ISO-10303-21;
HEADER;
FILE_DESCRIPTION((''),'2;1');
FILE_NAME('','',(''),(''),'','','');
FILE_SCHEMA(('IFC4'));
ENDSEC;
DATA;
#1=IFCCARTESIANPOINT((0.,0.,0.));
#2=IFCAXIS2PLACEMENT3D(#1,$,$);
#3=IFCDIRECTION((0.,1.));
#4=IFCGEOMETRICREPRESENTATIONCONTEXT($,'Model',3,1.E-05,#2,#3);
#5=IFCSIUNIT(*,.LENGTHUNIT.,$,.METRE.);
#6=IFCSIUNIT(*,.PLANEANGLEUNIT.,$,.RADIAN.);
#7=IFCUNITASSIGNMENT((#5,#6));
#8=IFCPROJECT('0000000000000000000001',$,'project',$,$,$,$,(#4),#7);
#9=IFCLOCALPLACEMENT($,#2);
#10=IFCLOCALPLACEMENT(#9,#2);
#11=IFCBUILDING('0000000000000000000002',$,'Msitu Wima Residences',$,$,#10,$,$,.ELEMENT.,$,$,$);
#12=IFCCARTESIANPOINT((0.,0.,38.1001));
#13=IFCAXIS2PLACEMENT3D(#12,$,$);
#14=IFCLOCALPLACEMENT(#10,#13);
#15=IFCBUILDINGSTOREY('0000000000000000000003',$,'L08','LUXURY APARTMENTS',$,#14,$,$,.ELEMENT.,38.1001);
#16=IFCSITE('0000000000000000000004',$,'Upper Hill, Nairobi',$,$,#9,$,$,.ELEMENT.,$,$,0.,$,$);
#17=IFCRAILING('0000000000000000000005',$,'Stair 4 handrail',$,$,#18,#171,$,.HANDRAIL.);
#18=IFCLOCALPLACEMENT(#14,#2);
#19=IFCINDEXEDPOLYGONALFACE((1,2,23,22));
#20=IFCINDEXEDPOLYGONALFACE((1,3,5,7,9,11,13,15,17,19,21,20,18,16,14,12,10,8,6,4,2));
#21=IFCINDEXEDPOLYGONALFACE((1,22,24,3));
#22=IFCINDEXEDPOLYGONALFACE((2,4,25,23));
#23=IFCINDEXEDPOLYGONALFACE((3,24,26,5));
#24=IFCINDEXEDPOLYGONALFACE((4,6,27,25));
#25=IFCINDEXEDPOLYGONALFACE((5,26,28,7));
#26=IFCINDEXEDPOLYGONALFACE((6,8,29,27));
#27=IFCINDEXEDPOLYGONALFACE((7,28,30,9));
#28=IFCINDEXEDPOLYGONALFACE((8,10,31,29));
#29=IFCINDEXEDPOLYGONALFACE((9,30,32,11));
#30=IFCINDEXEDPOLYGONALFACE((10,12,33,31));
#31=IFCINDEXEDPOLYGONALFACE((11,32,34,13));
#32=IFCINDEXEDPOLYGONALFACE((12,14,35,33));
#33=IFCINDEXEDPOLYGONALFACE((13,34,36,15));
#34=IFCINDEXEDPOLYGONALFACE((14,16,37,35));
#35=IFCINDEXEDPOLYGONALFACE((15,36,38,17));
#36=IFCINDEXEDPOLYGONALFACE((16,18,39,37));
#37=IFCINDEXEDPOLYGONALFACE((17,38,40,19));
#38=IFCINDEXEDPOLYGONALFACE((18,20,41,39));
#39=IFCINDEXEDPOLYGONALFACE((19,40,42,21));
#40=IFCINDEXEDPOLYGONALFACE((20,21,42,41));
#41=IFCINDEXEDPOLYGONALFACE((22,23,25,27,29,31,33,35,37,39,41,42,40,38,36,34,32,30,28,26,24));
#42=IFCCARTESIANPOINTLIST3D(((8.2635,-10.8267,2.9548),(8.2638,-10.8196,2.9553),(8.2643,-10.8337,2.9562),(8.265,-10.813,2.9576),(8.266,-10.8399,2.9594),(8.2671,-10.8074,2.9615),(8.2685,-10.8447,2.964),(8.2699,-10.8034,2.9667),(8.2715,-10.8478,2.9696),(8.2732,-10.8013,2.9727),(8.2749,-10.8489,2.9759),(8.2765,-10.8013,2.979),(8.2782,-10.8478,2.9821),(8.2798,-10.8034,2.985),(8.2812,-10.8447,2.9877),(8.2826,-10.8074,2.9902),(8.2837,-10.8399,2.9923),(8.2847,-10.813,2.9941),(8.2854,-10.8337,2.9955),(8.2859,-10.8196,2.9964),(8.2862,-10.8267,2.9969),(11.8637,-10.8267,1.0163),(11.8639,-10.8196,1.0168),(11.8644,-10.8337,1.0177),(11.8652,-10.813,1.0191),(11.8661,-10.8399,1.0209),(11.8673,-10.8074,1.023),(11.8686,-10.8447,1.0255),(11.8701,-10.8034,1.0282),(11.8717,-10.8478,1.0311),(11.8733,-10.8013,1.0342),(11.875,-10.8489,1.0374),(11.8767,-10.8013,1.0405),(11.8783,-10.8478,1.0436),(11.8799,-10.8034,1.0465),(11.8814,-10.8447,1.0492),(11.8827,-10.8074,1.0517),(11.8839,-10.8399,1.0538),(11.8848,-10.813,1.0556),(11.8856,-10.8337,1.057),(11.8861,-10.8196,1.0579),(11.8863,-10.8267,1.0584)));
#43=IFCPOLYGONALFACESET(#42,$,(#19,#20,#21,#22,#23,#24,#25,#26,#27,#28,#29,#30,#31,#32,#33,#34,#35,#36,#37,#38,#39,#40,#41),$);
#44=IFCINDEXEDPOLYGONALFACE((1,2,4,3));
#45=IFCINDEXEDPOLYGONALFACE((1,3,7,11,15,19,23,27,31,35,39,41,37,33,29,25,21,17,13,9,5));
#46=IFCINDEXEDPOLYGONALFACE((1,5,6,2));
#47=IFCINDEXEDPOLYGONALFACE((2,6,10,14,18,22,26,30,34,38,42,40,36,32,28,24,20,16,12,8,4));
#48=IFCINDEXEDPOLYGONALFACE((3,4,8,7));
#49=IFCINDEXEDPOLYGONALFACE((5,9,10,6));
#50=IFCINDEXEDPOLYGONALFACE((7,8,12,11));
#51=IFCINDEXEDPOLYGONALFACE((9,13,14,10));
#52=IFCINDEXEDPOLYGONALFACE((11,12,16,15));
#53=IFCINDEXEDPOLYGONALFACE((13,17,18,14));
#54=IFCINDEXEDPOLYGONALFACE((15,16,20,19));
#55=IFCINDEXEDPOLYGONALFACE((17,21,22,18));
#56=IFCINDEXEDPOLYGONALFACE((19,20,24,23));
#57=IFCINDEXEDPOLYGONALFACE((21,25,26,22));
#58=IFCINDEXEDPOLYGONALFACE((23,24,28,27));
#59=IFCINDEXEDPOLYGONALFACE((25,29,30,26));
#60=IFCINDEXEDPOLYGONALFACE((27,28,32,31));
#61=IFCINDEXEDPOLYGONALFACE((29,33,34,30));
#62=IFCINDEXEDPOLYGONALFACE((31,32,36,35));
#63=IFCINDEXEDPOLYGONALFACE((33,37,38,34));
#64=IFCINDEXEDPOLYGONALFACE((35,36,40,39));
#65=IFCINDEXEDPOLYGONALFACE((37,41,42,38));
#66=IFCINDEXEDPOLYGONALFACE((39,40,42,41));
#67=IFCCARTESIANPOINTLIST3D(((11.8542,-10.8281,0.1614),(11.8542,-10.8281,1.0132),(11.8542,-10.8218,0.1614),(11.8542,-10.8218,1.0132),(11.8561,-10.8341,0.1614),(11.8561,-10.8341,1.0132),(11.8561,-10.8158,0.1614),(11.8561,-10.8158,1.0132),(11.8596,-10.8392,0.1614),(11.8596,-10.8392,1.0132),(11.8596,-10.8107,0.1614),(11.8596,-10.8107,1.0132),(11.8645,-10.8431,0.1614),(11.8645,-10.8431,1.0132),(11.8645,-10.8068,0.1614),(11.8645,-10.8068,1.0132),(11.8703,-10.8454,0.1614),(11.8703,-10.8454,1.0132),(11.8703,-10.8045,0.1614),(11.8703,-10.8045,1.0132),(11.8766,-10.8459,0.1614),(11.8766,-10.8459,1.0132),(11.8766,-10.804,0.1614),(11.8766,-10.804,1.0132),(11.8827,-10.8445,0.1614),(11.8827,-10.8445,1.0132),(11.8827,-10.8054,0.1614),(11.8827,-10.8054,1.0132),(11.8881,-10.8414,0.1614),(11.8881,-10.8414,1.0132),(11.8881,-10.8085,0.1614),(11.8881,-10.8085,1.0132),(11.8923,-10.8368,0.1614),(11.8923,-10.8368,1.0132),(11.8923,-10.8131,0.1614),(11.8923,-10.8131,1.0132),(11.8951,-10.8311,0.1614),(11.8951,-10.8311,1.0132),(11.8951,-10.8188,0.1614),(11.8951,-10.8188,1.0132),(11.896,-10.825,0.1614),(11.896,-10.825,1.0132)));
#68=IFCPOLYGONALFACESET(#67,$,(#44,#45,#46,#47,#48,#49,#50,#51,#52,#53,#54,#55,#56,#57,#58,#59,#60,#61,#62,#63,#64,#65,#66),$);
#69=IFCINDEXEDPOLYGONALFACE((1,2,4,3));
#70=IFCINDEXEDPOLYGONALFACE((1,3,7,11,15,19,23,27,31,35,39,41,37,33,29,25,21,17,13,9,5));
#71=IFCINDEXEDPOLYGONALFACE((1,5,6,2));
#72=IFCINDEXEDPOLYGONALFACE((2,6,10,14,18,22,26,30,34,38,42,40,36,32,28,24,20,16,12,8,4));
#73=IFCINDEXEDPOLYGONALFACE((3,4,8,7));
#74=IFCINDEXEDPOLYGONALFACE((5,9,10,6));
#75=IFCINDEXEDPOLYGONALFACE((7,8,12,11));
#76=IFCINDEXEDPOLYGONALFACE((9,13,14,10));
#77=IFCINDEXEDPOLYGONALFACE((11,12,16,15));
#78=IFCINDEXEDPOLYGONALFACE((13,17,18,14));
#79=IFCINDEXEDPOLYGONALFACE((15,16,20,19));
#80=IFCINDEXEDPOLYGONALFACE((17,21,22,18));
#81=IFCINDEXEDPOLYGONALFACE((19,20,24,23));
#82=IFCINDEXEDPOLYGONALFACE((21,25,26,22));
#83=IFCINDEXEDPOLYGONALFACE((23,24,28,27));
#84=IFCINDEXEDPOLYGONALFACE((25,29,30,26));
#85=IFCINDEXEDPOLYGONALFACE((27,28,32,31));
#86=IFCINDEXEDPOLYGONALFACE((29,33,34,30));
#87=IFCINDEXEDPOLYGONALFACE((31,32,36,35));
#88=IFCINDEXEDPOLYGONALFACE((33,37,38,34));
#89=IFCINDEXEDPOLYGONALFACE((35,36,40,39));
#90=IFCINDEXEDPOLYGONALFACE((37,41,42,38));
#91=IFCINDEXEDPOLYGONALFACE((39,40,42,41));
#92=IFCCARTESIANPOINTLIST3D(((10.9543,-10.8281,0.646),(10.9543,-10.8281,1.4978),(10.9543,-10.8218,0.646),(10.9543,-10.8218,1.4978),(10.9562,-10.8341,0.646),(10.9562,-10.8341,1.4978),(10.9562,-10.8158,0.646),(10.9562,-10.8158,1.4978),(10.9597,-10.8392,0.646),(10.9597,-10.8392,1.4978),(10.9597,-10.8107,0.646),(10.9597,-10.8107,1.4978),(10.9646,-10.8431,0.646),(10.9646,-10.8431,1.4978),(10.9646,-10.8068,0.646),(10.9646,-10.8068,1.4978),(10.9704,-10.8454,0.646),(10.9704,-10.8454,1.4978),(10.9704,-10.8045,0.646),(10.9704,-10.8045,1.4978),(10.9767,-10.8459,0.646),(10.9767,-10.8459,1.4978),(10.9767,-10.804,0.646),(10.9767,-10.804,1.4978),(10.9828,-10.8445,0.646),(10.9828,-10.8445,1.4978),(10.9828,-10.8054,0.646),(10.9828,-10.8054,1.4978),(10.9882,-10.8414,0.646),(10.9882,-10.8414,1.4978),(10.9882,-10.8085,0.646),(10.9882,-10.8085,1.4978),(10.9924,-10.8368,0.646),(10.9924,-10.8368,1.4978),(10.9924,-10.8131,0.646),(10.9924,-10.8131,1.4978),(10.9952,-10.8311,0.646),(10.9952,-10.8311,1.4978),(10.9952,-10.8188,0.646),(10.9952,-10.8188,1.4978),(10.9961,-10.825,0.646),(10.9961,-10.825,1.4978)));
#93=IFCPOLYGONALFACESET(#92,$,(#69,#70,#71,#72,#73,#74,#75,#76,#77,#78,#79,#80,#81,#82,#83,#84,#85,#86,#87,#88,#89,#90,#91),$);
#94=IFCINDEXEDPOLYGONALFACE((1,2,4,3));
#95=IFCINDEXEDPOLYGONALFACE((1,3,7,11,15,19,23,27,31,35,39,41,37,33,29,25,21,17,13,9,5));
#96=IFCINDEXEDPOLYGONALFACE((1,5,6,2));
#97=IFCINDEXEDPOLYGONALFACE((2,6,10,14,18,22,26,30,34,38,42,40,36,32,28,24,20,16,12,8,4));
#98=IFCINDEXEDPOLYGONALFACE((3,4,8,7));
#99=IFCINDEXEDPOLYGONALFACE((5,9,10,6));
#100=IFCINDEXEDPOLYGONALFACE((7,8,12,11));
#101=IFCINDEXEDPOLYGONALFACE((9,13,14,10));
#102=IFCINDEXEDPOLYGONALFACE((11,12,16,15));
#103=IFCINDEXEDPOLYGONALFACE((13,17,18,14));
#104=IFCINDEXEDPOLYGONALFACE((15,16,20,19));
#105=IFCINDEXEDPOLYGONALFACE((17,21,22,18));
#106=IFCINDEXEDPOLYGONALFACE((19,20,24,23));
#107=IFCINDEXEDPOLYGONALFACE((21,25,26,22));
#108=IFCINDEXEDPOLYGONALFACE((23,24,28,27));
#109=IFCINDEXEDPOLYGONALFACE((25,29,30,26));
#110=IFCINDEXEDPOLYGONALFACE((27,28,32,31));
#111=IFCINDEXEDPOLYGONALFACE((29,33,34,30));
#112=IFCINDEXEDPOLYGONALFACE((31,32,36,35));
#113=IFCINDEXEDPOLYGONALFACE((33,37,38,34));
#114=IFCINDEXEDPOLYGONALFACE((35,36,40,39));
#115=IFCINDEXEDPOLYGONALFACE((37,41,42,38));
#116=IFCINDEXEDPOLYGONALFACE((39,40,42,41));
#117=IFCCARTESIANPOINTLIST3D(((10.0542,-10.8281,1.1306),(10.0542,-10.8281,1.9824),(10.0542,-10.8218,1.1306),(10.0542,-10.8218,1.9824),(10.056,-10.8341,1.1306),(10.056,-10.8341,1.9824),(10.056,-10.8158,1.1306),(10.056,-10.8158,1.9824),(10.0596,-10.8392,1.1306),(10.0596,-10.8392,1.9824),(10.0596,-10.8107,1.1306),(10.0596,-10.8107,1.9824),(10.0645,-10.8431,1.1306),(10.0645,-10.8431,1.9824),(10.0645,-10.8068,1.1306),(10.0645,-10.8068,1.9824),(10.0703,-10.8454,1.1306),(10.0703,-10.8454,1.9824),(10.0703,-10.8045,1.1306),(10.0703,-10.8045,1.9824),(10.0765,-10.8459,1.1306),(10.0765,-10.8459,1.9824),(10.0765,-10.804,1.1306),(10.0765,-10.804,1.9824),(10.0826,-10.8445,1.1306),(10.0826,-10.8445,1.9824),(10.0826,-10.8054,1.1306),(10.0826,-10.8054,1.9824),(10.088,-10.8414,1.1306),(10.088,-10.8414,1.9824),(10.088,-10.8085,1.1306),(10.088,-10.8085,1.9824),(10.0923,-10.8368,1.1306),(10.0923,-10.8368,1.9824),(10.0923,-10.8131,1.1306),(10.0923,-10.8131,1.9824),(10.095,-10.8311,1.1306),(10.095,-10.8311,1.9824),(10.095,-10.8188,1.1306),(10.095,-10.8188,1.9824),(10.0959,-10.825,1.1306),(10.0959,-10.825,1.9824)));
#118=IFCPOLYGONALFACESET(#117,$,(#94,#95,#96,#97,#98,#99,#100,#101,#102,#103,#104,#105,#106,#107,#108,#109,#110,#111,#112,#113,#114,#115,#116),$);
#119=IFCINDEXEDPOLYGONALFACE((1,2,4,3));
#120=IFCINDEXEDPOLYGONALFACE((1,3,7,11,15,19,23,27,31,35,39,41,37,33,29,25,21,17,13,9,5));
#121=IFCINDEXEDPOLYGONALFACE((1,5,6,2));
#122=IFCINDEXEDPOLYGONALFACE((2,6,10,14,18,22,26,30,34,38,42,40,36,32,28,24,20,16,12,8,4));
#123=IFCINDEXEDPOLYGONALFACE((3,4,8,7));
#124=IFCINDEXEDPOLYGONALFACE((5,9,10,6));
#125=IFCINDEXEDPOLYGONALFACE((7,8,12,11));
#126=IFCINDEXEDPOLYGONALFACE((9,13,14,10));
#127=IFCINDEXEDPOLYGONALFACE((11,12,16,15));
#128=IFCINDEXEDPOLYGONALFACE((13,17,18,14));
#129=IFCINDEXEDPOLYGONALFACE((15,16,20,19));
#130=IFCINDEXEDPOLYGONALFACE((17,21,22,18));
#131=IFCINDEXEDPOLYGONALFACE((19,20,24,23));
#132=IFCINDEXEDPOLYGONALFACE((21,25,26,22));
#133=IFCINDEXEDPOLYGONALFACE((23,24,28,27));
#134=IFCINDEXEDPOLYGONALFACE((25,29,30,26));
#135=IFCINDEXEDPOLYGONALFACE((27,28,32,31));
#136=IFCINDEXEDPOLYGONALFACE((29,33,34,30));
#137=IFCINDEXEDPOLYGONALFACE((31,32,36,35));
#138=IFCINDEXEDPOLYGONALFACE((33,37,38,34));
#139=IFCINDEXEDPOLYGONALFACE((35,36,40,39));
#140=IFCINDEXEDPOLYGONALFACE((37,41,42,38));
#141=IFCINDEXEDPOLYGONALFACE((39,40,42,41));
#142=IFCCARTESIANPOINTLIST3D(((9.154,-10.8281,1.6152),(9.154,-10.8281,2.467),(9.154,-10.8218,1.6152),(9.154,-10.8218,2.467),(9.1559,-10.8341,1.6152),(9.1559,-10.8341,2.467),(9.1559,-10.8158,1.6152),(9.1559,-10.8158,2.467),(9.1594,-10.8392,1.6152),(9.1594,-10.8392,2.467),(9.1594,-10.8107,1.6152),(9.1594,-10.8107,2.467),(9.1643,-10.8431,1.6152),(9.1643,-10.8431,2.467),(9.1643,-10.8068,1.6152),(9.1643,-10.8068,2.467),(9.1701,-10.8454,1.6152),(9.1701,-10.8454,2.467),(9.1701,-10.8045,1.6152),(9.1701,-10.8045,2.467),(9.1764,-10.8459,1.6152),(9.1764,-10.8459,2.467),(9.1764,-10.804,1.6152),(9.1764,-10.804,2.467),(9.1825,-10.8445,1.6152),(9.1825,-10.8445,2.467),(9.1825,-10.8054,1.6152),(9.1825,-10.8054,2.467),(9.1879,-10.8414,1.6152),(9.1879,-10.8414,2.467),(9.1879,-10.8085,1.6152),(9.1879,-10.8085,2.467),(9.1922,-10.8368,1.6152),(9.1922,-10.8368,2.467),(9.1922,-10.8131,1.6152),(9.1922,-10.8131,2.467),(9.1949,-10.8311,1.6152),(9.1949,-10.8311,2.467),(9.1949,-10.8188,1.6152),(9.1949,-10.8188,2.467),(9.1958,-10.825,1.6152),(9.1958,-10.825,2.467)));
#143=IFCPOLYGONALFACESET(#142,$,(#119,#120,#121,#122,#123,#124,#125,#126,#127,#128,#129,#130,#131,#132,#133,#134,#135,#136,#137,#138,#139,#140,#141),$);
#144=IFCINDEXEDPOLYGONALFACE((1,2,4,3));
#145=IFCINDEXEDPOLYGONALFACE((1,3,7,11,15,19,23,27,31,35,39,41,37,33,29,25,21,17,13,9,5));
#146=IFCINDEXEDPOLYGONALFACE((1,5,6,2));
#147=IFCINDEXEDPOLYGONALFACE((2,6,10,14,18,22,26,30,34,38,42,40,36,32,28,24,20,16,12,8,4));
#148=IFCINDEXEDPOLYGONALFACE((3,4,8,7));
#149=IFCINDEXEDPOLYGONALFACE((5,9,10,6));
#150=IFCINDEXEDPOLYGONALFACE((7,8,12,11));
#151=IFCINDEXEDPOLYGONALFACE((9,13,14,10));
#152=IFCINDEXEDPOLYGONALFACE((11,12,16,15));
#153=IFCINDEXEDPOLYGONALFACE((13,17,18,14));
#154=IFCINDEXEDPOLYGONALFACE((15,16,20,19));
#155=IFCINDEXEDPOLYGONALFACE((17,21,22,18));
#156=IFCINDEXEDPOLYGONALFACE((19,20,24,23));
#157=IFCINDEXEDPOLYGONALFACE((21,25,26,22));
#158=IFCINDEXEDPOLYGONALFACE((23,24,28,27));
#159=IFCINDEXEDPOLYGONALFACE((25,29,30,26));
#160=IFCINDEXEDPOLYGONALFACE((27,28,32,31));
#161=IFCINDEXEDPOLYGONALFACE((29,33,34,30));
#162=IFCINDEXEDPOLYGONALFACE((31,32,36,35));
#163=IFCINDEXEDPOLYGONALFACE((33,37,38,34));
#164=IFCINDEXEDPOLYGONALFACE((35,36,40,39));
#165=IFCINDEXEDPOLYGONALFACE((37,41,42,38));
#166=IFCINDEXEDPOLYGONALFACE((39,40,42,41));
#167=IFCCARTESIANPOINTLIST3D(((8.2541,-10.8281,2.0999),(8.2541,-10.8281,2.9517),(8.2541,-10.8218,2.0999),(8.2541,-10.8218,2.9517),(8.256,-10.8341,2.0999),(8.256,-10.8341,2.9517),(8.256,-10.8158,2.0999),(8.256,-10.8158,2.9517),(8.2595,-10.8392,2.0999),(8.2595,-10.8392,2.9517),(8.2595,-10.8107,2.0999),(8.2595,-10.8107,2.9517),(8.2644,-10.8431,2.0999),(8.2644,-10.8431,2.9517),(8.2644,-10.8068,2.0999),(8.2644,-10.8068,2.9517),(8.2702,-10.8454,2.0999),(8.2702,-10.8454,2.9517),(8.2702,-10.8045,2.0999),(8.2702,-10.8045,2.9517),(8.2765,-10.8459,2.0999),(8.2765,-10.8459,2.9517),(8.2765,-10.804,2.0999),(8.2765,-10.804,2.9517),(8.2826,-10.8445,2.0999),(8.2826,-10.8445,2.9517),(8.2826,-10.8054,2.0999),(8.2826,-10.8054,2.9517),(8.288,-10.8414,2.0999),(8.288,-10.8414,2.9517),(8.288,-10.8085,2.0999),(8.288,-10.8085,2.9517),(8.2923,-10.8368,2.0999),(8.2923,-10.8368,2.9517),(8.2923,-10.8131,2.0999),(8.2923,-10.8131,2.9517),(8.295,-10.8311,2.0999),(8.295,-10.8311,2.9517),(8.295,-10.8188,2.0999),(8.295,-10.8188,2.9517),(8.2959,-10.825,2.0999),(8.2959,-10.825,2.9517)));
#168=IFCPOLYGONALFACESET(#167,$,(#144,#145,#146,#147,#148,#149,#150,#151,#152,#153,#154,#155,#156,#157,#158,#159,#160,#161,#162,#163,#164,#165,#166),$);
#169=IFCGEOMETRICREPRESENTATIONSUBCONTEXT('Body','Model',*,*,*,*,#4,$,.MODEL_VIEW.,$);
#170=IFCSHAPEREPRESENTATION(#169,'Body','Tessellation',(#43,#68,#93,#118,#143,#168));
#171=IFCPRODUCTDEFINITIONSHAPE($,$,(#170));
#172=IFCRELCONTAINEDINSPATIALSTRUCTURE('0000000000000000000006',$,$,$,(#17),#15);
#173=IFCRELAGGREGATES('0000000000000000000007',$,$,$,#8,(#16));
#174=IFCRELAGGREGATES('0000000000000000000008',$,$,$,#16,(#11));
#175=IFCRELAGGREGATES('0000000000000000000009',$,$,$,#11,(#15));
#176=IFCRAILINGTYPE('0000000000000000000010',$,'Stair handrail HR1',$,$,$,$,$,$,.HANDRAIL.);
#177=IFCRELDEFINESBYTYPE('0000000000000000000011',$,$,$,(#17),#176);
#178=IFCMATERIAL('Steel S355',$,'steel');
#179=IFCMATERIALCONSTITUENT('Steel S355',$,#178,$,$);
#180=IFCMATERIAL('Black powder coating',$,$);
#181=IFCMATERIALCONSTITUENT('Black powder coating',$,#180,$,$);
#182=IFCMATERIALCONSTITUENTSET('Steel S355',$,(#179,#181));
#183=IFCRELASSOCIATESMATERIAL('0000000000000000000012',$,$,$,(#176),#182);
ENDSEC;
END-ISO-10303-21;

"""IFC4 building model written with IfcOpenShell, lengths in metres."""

from ifc_helpers import new_model, si_unit, direction, frame, origin, origin_2d, place, context, subcontext, project, spatial, circle, extrude, material, constituent, constituent_set, type_object, element, save


model = new_model("IFC4")

# Units and contexts
model_context = context("Model", 3, precision=1e-05, world=origin(), true_north=direction((0.0, 1.0)))
body_context = subcontext(model_context, "Body", "Model", "MODEL_VIEW")
ifc_project = project(units=[si_unit("LENGTHUNIT", "METRE"), si_unit("PLANEANGLEUNIT", "RADIAN")], contexts=[model_context])

# Site, building, storey
site_placement = place(None, origin())
site = spatial("IfcSite", under=ifc_project, at=site_placement, Name="Upper Hill, Nairobi", CompositionType="ELEMENT", RefElevation=0.0)
building_placement = place(site_placement, origin())
building = spatial("IfcBuilding", under=site, at=building_placement, Name="Msitu Wima Residences", CompositionType="ELEMENT")
storey_placement = place(building_placement, frame((0.0, 0.0, 38.1001)))
storey = spatial("IfcBuildingStorey", under=building, at=storey_placement, Name="L08", Description="LUXURY APARTMENTS", CompositionType="ELEMENT", Elevation=38.1001)

# Railing
ifc_material_1 = material(Name="Steel S355", Category="steel")
ifc_constituent_1 = constituent(ifc_material_1, Name="Steel S355")
ifc_material_2 = material(Name="Black powder coating")
ifc_constituent_2 = constituent(ifc_material_2, Name="Black powder coating")
ifc_constituent_set = constituent_set(constituents=[ifc_constituent_1, ifc_constituent_2], Name="Steel S355")
railing_type = type_object("IfcRailingType", Name="Stair handrail HR1", PredefinedType="HANDRAIL", material=ifc_constituent_set)
for number, where, name in (
    (1, (11.875, -10.825, 0.1614), "Stair 4 handrail"),
):
    element("IfcRailing", number, at=place(storey_placement, frame(where)), inside=storey, type_object=railing_type, Name=name, PredefinedType="HANDRAIL", context=body_context, shape_type="SweptSolid", body=[
        extrude(circle(Radius=0.0239, at=origin_2d()), frame((0.0, 0.0, 0.876), z_axis=(-0.880475, 0.0, 0.474093), x_axis=(0.0, -1.0, 0.0)), (0.0, 0.0, 1.0), 4.0889),
        extrude(circle(Radius=0.021, at=origin_2d()), origin(), (0.0, 0.0, 1.0), 0.8518),
        extrude(circle(Radius=0.021, at=origin_2d()), frame((-0.8999, 0.0, 0.4846)), (0.0, 0.0, 1.0), 0.8518),
        extrude(circle(Radius=0.021, at=origin_2d()), frame((-1.8, 0.0, 0.9692)), (0.0, 0.0, 1.0), 0.8518),
        extrude(circle(Radius=0.021, at=origin_2d()), frame((-2.7002, 0.0, 1.4539)), (0.0, 0.0, 1.0), 0.8518),
        extrude(circle(Radius=0.021, at=origin_2d()), frame((-3.6001, 0.0, 1.9385)), (0.0, 0.0, 1.0), 0.8518),
    ])

save(model, "model.ifc")
